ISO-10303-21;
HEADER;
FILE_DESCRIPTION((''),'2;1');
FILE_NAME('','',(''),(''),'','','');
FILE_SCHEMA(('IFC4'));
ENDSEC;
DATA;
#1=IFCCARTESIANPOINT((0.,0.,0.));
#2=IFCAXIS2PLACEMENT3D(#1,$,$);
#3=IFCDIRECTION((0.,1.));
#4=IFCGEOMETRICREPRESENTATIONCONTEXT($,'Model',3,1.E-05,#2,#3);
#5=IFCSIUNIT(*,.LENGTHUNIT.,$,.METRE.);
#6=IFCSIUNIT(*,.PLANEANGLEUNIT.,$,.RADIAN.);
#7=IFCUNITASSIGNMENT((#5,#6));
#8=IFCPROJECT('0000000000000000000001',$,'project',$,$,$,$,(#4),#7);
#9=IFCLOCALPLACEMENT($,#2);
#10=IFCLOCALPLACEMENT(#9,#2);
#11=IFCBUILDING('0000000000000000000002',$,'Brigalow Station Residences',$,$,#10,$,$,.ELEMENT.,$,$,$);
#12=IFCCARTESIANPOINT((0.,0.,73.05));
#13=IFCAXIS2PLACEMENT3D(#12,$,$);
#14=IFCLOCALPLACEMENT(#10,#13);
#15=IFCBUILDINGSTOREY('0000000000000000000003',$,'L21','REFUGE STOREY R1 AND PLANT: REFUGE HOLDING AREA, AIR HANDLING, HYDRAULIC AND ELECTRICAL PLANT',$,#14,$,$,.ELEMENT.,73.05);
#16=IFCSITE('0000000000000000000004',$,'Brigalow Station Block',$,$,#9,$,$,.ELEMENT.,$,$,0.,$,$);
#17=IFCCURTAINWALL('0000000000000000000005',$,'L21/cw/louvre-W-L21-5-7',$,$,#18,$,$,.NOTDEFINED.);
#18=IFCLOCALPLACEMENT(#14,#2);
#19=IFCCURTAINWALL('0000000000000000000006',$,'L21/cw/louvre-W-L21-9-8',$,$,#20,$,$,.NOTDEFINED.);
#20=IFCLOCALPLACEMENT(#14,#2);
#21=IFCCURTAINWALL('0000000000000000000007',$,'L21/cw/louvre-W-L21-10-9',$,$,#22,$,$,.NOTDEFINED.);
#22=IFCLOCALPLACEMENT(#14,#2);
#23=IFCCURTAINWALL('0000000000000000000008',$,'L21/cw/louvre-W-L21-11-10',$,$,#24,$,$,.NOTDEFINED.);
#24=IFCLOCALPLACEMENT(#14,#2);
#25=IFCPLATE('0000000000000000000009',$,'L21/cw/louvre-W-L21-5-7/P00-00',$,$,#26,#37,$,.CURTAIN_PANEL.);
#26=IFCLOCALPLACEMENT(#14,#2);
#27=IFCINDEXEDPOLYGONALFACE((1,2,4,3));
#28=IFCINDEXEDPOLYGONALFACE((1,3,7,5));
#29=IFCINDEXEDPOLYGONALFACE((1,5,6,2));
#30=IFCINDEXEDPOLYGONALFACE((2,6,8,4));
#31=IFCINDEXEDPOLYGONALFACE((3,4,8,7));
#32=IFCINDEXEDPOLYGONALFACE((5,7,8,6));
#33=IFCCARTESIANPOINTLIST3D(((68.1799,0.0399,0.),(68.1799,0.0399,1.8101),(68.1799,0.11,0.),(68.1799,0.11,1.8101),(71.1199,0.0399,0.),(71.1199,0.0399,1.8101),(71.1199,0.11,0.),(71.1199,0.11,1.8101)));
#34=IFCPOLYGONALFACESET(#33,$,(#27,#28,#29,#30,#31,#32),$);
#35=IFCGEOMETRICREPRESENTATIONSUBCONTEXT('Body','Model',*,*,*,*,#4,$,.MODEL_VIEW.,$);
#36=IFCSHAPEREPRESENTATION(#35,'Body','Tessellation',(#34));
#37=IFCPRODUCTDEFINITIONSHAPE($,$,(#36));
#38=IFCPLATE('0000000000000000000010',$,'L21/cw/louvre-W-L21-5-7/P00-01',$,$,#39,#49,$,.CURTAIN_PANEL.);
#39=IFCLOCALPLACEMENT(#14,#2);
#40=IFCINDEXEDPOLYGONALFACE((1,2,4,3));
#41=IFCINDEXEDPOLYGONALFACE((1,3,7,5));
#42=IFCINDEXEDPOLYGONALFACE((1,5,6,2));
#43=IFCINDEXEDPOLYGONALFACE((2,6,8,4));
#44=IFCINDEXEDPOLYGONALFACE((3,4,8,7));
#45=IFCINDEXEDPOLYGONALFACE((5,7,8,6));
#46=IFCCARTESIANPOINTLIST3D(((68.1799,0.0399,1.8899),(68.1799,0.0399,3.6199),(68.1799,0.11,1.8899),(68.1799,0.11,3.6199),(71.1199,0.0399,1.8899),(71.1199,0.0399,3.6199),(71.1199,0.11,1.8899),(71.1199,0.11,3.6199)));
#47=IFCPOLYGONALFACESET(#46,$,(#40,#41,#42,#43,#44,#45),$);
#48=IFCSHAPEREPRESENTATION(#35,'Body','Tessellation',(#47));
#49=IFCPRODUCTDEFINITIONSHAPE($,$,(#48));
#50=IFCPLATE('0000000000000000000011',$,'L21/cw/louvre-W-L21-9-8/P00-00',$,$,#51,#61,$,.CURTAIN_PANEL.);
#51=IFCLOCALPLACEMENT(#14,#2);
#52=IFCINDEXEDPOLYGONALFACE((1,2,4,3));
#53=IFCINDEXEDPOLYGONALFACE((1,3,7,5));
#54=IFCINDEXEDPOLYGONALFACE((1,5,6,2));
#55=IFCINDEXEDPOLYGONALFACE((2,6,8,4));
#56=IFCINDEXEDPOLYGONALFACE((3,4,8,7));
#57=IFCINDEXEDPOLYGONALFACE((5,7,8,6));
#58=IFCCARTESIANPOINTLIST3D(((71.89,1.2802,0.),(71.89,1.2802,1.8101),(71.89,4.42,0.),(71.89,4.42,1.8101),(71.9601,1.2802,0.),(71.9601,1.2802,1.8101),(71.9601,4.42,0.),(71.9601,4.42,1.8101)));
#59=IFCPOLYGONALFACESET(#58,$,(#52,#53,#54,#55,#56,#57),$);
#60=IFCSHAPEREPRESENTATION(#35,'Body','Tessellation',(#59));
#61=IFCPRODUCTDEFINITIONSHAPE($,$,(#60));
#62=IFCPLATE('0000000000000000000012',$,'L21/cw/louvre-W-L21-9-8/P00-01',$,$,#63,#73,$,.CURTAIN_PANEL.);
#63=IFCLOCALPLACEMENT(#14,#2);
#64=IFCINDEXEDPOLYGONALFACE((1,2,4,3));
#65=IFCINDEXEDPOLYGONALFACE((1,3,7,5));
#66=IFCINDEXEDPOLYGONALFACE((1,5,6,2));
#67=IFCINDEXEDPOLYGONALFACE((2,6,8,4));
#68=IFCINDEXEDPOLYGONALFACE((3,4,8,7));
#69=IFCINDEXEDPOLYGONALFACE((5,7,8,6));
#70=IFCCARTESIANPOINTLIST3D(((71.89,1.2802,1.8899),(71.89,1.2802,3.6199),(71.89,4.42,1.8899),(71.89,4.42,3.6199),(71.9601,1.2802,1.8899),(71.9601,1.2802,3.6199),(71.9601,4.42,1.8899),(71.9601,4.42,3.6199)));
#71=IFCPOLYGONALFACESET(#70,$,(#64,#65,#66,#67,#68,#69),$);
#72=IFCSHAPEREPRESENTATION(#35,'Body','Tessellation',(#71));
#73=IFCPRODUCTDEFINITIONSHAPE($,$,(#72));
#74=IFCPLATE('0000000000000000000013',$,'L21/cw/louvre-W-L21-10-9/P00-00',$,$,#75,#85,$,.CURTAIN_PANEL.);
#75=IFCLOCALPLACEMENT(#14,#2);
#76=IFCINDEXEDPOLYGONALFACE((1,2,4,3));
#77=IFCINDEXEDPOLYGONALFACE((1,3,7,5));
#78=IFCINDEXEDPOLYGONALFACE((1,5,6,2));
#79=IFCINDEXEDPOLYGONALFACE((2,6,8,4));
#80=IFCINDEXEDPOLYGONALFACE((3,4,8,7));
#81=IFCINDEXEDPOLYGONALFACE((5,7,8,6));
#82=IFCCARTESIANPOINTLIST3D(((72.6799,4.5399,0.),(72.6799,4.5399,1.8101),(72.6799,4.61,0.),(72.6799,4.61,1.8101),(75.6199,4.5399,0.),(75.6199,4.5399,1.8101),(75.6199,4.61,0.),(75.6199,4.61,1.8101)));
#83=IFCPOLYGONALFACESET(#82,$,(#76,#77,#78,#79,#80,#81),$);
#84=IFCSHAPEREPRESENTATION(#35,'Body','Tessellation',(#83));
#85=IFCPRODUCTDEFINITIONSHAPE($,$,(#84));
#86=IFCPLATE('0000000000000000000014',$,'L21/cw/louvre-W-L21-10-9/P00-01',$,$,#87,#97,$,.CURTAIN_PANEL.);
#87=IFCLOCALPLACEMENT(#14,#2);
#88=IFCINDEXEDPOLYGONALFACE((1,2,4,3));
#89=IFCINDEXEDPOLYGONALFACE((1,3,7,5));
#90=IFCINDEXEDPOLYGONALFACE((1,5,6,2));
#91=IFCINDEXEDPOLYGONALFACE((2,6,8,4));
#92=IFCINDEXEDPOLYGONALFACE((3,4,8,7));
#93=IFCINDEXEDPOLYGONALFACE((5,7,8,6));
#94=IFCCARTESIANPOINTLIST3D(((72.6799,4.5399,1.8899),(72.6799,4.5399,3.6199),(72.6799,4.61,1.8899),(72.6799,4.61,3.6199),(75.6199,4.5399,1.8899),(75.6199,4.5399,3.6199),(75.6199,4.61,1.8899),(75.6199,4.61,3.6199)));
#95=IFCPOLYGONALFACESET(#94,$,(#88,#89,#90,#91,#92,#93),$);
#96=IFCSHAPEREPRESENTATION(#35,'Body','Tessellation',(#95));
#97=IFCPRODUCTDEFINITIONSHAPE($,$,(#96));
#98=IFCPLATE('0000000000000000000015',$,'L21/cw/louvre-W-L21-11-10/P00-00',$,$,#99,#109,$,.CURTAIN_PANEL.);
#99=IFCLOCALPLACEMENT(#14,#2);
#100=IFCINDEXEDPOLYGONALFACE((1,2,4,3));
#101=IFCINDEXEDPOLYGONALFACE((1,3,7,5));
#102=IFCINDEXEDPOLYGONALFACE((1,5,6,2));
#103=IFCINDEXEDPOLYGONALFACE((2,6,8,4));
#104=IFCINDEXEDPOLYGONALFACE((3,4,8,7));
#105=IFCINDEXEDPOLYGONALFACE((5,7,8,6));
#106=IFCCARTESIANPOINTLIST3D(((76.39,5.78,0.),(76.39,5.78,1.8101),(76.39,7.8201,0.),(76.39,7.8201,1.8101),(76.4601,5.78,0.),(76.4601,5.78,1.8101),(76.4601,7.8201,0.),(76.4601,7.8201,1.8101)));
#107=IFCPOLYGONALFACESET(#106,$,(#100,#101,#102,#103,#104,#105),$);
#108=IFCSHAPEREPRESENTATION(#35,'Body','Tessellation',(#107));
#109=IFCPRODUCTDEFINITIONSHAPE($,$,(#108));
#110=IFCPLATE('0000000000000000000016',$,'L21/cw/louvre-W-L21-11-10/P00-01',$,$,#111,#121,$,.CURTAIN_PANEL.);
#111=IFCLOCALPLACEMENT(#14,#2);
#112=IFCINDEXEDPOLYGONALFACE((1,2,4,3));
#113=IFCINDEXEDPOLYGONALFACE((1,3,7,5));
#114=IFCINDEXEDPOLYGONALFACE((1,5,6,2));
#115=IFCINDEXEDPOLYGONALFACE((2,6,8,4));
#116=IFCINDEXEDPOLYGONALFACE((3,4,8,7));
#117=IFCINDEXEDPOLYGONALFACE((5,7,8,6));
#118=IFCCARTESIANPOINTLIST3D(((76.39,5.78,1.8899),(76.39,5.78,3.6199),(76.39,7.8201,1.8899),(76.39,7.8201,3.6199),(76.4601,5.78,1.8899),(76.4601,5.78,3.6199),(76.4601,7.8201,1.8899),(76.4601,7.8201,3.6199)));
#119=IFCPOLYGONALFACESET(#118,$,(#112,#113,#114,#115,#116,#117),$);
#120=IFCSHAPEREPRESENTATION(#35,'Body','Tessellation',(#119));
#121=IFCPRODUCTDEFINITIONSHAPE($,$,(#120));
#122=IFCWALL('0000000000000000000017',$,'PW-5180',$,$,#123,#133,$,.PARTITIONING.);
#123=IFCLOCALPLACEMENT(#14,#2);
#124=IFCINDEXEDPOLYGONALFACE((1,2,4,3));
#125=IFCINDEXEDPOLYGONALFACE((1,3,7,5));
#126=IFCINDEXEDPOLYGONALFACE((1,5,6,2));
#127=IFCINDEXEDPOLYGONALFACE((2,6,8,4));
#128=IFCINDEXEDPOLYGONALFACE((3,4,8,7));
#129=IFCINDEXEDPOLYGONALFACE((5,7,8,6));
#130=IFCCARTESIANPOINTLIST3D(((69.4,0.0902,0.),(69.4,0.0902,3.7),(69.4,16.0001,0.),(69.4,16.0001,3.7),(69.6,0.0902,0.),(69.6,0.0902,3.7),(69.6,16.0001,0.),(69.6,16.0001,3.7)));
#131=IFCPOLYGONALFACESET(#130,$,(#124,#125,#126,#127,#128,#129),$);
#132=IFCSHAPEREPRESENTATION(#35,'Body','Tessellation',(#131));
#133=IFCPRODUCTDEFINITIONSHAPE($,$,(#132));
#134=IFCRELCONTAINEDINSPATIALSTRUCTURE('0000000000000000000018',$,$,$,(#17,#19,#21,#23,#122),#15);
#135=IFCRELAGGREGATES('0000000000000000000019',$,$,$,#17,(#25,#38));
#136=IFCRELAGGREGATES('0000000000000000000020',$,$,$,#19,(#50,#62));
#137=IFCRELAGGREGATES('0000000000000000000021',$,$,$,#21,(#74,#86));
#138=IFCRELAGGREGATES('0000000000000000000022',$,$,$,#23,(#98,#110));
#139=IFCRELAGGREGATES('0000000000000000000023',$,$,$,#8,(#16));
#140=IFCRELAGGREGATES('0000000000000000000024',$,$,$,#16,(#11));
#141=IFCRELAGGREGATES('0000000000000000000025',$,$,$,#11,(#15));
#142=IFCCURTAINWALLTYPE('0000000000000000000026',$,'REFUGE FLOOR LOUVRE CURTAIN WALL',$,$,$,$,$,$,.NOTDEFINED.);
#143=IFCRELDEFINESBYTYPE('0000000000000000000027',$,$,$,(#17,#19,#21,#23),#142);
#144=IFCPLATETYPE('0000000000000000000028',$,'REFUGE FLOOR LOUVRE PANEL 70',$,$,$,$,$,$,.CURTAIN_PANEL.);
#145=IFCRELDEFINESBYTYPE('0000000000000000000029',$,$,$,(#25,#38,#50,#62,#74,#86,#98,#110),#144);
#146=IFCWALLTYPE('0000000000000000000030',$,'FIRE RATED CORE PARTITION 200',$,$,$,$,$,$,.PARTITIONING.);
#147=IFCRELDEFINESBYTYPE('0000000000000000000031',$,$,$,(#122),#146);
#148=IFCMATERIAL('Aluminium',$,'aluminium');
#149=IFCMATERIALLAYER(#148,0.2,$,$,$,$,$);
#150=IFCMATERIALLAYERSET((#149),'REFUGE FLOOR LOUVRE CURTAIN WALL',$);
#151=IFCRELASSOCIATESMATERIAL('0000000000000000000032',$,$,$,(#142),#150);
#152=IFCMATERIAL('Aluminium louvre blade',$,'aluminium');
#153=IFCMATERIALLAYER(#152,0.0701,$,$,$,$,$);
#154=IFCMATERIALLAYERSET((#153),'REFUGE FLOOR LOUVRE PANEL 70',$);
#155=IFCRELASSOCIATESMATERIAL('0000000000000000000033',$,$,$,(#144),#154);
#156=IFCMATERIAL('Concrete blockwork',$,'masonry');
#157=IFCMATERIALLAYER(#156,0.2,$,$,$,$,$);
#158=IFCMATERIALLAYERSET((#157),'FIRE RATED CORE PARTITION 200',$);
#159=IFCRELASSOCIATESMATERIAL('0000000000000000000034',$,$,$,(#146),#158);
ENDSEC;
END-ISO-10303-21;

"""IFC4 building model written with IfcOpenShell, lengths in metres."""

from ifc_helpers import new_model, si_unit, direction, frame, frame_2d, origin, origin_2d, place, context, subcontext, project, spatial, rectangle, extrude, material, layer, layer_set, type_object, element, aggregate, save


model = new_model("IFC4")

# Units and contexts
model_context = context("Model", 3, precision=1e-05, world=origin(), true_north=direction((0.0, 1.0)))
body_context = subcontext(model_context, "Body", "Model", "MODEL_VIEW")
ifc_project = project(units=[si_unit("LENGTHUNIT", "METRE"), si_unit("PLANEANGLEUNIT", "RADIAN")], contexts=[model_context])

# Site, building, storey
site_placement = place(None, origin())
site = spatial("IfcSite", under=ifc_project, at=site_placement, Name="Brigalow Station Block", CompositionType="ELEMENT", RefElevation=0.0)
building_placement = place(site_placement, origin())
building = spatial("IfcBuilding", under=site, at=building_placement, Name="Brigalow Station Residences", CompositionType="ELEMENT")
storey_placement = place(building_placement, frame((0.0, 0.0, 73.05)))
storey = spatial("IfcBuildingStorey", under=building, at=storey_placement, Name="L21", Description="REFUGE STOREY R1 AND PLANT: REFUGE HOLDING AREA, AIR HANDLING, HYDRAULIC AND ELECTRICAL PLANT", CompositionType="ELEMENT", Elevation=73.05)

# Shared definitions
ifc_material_1 = material(Name="Aluminium", Category="aluminium")
ifc_layer_1 = layer(ifc_material_1, 0.2)
ifc_layer_set_1 = layer_set([ifc_layer_1], Name="REFUGE FLOOR LOUVRE CURTAIN WALL")
curtain_wall_type = type_object("IfcCurtainWallType", Name="REFUGE FLOOR LOUVRE CURTAIN WALL", PredefinedType="NOTDEFINED", material=ifc_layer_set_1)

# Curtain walls
curtain_wall_1_placement = place(storey_placement, origin())
curtain_wall_1 = element("IfcCurtainWall", 1, at=curtain_wall_1_placement, inside=storey, type_object=curtain_wall_type, Name="L21/cw/louvre-W-L21-5-7", PredefinedType="NOTDEFINED")
curtain_wall_2_placement = place(storey_placement, origin())
curtain_wall_2 = element("IfcCurtainWall", 2, at=curtain_wall_2_placement, inside=storey, type_object=curtain_wall_type, Name="L21/cw/louvre-W-L21-9-8", PredefinedType="NOTDEFINED")
curtain_wall_3_placement = place(storey_placement, origin())
curtain_wall_3 = element("IfcCurtainWall", 3, at=curtain_wall_3_placement, inside=storey, type_object=curtain_wall_type, Name="L21/cw/louvre-W-L21-10-9", PredefinedType="NOTDEFINED")
curtain_wall_4_placement = place(storey_placement, origin())
curtain_wall_4 = element("IfcCurtainWall", 4, at=curtain_wall_4_placement, inside=storey, type_object=curtain_wall_type, Name="L21/cw/louvre-W-L21-11-10", PredefinedType="NOTDEFINED")

# Plates
ifc_material_2 = material(Name="Aluminium louvre blade", Category="aluminium")
ifc_layer_2 = layer(ifc_material_2, 0.0701)
ifc_layer_set_2 = layer_set([ifc_layer_2], Name="REFUGE FLOOR LOUVRE PANEL 70")
plate_type = type_object("IfcPlateType", Name="REFUGE FLOOR LOUVRE PANEL 70", PredefinedType="CURTAIN_PANEL", material=ifc_layer_set_2)
plate_1_placement = place(storey_placement, frame((69.6499, 0.075, 0.0), z_axis=(0.0, 0.0, 1.0), x_axis=(1.0, 0.0, 0.0)))
plate_1 = element("IfcPlate", 5, at=plate_1_placement, type_object=plate_type, Name="L21/cw/louvre-W-L21-5-7/P00-00", PredefinedType="CURTAIN_PANEL", context=body_context, shape_type="SweptSolid", body=[
    extrude(rectangle(XDim=2.9399, YDim=0.0701, at=origin_2d()), origin(), (0.0, 0.0, 1.0), 1.8101),
])
plate_2_placement = place(storey_placement, frame((69.6499, 0.075, 1.8899), z_axis=(0.0, 0.0, 1.0), x_axis=(1.0, 0.0, 0.0)))
plate_2 = element("IfcPlate", 6, at=plate_2_placement, type_object=plate_type, Name="L21/cw/louvre-W-L21-5-7/P00-01", PredefinedType="CURTAIN_PANEL", context=body_context, shape_type="SweptSolid", body=[
    extrude(rectangle(XDim=2.9399, YDim=0.0701, at=origin_2d()), origin(), (0.0, 0.0, 1.0), 1.73),
])
aggregate(curtain_wall_1, [plate_1, plate_2])
plate_3_placement = place(storey_placement, frame((71.925, 2.8501, 0.0), z_axis=(0.0, 0.0, 1.0), x_axis=(0.0, 1.0, 0.0)))
plate_3 = element("IfcPlate", 7, at=plate_3_placement, type_object=plate_type, Name="L21/cw/louvre-W-L21-9-8/P00-00", PredefinedType="CURTAIN_PANEL", context=body_context, shape_type="SweptSolid", body=[
    extrude(rectangle(XDim=3.1399, YDim=0.0701, at=origin_2d()), origin(), (0.0, 0.0, 1.0), 1.8101),
])
plate_4_placement = place(storey_placement, frame((71.925, 2.8501, 1.8899), z_axis=(0.0, 0.0, 1.0), x_axis=(0.0, 1.0, 0.0)))
plate_4 = element("IfcPlate", 8, at=plate_4_placement, type_object=plate_type, Name="L21/cw/louvre-W-L21-9-8/P00-01", PredefinedType="CURTAIN_PANEL", context=body_context, shape_type="SweptSolid", body=[
    extrude(rectangle(XDim=3.1399, YDim=0.0701, at=origin_2d()), origin(), (0.0, 0.0, 1.0), 1.73),
])
aggregate(curtain_wall_2, [plate_3, plate_4])
plate_5_placement = place(storey_placement, frame((74.1499, 4.575, 0.0), z_axis=(0.0, 0.0, 1.0), x_axis=(1.0, 0.0, 0.0)))
plate_5 = element("IfcPlate", 9, at=plate_5_placement, type_object=plate_type, Name="L21/cw/louvre-W-L21-10-9/P00-00", PredefinedType="CURTAIN_PANEL", context=body_context, shape_type="SweptSolid", body=[
    extrude(rectangle(XDim=2.9399, YDim=0.0701, at=origin_2d()), origin(), (0.0, 0.0, 1.0), 1.8101),
])
plate_6_placement = place(storey_placement, frame((74.1499, 4.575, 1.8899), z_axis=(0.0, 0.0, 1.0), x_axis=(1.0, 0.0, 0.0)))
plate_6 = element("IfcPlate", 10, at=plate_6_placement, type_object=plate_type, Name="L21/cw/louvre-W-L21-10-9/P00-01", PredefinedType="CURTAIN_PANEL", context=body_context, shape_type="SweptSolid", body=[
    extrude(rectangle(XDim=2.9399, YDim=0.0701, at=origin_2d()), origin(), (0.0, 0.0, 1.0), 1.73),
])
aggregate(curtain_wall_3, [plate_5, plate_6])
plate_7_placement = place(storey_placement, frame((76.425, 6.8, 0.0), z_axis=(0.0, 0.0, 1.0), x_axis=(0.0, 1.0, 0.0)))
plate_7 = element("IfcPlate", 11, at=plate_7_placement, type_object=plate_type, Name="L21/cw/louvre-W-L21-11-10/P00-00", PredefinedType="CURTAIN_PANEL", context=body_context, shape_type="SweptSolid", body=[
    extrude(rectangle(XDim=2.04, YDim=0.0701, at=origin_2d()), origin(), (0.0, 0.0, 1.0), 1.8101),
])
plate_8_placement = place(storey_placement, frame((76.425, 6.8, 1.8899), z_axis=(0.0, 0.0, 1.0), x_axis=(0.0, 1.0, 0.0)))
plate_8 = element("IfcPlate", 12, at=plate_8_placement, type_object=plate_type, Name="L21/cw/louvre-W-L21-11-10/P00-01", PredefinedType="CURTAIN_PANEL", context=body_context, shape_type="SweptSolid", body=[
    extrude(rectangle(XDim=2.04, YDim=0.0701, at=origin_2d()), origin(), (0.0, 0.0, 1.0), 1.73),
])
aggregate(curtain_wall_4, [plate_7, plate_8])

# Wall
ifc_material_3 = material(Name="Concrete blockwork", Category="masonry")
ifc_layer_3 = layer(ifc_material_3, 0.2)
ifc_layer_set_3 = layer_set([ifc_layer_3], Name="FIRE RATED CORE PARTITION 200")
wall_type = type_object("IfcWallType", Name="FIRE RATED CORE PARTITION 200", PredefinedType="PARTITIONING", material=ifc_layer_set_3)
wall_placement = place(storey_placement, frame((69.5, 0.0901, 0.0), z_axis=(0.0, 0.0, 1.0), x_axis=(0.0, 1.0, 0.0)))
element("IfcWall", 13, at=wall_placement, inside=storey, type_object=wall_type, Name="PW-5180", PredefinedType="PARTITIONING", context=body_context, shape_type="SweptSolid", body=[
    extrude(rectangle(XDim=15.9099, YDim=0.2, at=frame_2d((7.9551, 0.0))), origin(), (0.0, 0.0, 1.0), 3.7),
])

save(model, "model.ifc")
